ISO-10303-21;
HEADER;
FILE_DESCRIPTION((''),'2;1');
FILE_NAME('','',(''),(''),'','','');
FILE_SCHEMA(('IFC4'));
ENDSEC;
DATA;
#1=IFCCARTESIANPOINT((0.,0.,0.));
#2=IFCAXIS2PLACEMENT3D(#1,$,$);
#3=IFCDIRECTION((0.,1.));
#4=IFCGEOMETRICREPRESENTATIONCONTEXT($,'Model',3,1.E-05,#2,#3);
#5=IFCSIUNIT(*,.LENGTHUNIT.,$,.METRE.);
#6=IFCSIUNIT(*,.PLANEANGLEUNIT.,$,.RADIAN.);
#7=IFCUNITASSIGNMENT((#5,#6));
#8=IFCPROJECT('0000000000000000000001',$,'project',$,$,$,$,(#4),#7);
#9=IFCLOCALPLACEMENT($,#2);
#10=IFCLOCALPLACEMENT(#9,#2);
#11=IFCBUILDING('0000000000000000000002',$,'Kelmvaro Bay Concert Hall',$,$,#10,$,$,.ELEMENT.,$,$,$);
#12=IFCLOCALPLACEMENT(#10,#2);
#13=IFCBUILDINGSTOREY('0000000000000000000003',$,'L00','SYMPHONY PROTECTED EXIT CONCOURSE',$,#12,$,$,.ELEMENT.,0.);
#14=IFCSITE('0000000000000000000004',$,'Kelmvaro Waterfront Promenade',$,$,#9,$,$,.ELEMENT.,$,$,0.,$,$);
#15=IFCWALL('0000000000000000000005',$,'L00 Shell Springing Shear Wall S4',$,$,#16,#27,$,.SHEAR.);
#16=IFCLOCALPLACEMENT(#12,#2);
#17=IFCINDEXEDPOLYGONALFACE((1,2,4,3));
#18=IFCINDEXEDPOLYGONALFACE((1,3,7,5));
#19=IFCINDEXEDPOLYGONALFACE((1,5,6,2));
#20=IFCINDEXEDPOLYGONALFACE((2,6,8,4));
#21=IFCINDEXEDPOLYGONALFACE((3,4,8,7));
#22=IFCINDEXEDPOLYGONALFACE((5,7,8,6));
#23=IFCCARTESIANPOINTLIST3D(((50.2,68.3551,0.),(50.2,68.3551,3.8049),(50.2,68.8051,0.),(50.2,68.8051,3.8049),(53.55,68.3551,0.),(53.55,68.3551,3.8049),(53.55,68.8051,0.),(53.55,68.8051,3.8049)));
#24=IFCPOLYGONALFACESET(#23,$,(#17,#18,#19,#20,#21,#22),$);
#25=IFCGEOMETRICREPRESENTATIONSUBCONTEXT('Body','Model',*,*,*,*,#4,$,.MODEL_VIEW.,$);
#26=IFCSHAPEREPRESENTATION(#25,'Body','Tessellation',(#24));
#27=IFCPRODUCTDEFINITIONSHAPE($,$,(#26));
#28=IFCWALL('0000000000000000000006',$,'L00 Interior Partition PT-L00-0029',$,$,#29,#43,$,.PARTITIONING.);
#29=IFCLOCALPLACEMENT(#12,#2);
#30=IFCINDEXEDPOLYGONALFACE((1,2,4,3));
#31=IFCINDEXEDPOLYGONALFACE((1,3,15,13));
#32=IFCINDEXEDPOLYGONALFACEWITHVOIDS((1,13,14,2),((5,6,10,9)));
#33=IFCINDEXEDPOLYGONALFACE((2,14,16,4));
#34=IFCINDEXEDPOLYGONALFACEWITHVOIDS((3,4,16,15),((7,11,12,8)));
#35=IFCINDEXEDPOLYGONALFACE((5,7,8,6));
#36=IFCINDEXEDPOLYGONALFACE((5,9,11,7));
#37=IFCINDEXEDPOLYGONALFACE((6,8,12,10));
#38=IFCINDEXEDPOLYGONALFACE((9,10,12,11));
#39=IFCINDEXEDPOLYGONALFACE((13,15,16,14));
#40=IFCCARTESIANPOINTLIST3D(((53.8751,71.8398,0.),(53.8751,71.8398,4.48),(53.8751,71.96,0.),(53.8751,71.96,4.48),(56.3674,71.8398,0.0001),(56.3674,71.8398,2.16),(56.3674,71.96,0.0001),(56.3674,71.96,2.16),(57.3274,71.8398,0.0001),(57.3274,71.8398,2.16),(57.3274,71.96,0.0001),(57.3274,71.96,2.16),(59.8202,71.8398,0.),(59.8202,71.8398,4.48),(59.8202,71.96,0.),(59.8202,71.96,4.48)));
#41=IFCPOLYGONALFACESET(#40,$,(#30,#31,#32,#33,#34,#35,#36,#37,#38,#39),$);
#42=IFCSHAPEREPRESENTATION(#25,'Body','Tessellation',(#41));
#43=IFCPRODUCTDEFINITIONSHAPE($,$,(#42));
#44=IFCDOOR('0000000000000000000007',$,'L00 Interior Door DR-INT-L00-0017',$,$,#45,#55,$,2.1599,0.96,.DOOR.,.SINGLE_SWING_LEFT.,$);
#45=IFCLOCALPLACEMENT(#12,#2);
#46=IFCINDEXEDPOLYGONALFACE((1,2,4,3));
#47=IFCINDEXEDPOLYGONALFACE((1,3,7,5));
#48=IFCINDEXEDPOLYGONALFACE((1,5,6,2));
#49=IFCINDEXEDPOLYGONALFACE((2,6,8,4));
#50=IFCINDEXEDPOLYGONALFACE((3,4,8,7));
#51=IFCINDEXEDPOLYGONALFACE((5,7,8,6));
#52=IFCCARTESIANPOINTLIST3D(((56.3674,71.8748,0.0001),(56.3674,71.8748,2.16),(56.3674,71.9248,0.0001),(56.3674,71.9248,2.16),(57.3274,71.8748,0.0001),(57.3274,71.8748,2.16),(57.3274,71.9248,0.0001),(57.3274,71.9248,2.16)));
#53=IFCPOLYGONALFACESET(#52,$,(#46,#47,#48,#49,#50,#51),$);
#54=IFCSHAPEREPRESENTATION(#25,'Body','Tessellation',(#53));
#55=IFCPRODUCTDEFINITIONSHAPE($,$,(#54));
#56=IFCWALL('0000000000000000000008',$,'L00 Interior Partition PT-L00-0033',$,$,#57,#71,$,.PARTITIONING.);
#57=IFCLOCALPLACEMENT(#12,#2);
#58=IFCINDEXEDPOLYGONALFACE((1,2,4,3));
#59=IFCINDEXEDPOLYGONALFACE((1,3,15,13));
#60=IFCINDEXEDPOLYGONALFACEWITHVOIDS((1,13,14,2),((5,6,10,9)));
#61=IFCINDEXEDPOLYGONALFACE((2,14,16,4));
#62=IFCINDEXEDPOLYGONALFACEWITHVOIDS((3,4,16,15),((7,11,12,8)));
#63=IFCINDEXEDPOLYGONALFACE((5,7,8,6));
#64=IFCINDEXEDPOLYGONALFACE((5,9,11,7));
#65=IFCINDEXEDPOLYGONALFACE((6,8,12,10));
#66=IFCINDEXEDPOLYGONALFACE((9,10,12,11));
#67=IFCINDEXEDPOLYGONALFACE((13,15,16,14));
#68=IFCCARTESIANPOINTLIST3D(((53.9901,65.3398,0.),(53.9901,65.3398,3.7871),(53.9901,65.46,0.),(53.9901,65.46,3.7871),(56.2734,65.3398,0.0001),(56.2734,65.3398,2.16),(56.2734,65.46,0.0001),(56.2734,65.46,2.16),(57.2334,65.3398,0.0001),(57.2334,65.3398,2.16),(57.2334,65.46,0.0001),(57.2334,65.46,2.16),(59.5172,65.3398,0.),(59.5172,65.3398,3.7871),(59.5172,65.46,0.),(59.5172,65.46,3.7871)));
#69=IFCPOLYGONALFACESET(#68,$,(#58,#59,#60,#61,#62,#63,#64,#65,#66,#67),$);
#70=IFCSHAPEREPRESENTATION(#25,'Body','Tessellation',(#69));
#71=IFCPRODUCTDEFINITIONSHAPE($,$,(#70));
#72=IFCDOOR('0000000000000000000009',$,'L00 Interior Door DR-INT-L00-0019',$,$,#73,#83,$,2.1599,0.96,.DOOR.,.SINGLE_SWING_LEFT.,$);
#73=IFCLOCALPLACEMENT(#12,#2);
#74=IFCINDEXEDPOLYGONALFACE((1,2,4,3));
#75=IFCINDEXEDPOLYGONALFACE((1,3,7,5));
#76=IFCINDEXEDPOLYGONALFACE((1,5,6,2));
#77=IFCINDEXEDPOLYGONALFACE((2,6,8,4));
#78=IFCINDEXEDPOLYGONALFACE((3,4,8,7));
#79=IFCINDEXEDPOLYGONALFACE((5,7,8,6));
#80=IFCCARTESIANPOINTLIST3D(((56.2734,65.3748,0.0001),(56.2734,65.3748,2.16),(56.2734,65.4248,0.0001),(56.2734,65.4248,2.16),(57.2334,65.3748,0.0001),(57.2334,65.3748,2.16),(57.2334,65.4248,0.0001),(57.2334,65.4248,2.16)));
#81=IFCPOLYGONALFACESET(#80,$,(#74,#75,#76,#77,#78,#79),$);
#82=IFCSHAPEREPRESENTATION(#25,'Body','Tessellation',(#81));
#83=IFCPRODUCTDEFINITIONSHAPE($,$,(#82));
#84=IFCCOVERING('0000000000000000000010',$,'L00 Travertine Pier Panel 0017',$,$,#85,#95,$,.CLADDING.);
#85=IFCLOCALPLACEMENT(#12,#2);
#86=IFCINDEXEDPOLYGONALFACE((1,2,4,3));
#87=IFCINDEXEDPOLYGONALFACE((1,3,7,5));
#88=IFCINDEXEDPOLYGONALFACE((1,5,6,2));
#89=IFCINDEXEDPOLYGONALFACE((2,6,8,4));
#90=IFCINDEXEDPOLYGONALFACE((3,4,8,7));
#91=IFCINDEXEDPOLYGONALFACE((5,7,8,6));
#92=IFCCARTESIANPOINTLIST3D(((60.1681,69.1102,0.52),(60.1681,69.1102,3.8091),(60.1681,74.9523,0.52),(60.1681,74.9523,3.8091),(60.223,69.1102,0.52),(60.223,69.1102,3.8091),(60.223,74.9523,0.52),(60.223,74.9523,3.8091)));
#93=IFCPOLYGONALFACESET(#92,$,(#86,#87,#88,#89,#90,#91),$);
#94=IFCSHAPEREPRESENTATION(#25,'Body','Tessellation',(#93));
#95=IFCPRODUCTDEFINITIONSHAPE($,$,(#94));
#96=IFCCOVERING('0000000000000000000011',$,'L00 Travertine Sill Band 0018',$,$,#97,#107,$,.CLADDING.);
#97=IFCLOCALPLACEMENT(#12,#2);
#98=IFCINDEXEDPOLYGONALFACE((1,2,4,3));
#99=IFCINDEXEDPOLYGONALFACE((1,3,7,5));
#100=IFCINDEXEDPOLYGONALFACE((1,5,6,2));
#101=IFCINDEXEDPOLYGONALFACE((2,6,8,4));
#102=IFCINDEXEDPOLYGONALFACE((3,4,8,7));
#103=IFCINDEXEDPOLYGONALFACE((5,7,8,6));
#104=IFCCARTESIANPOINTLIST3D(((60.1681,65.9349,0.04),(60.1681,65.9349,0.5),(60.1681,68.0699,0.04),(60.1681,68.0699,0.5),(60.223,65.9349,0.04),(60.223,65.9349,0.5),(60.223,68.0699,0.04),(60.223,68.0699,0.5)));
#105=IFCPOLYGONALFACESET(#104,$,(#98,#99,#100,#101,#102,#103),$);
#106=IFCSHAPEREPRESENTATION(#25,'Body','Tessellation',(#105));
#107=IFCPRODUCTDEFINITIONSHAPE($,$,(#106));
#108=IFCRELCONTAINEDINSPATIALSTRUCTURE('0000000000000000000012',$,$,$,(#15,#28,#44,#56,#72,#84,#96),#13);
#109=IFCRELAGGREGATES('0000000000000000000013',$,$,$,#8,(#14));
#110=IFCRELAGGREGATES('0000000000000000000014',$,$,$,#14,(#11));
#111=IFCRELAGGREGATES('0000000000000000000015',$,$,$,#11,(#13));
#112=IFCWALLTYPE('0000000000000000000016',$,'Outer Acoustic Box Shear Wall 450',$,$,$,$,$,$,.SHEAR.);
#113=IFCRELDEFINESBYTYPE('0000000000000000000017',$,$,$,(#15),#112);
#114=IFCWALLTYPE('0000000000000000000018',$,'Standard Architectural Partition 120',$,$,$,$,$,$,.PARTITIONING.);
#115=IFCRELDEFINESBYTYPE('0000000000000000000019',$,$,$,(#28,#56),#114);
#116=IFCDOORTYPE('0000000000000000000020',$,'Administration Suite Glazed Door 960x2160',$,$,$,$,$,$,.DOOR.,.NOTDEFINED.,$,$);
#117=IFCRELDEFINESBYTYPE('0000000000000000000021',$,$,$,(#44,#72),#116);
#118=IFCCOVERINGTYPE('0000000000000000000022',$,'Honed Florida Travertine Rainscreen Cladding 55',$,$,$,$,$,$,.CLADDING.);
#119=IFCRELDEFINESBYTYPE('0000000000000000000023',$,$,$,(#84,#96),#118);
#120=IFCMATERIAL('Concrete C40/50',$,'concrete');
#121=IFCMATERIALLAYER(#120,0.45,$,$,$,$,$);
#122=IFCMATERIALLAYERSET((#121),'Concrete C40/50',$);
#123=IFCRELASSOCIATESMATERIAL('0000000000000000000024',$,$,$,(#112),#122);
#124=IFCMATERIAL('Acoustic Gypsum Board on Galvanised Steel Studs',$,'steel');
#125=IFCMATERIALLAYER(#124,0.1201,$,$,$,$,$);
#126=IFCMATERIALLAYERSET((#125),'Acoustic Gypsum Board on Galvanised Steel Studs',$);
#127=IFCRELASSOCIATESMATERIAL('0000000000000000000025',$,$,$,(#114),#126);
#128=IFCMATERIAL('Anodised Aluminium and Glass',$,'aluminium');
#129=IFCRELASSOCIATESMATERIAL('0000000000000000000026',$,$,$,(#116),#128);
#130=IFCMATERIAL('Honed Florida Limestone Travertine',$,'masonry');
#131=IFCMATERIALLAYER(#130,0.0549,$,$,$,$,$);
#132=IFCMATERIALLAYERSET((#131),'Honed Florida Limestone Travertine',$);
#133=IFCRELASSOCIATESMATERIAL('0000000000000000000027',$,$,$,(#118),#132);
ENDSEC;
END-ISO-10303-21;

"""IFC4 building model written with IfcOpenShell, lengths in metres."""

from ifc_helpers import new_model, si_unit, direction, frame, frame_2d, origin, origin_2d, place, context, subcontext, project, spatial, rectangle, extrude, material, layer, layer_set, type_object, element, fill, save


model = new_model("IFC4")

# Units and contexts
model_context = context("Model", 3, precision=1e-05, world=origin(), true_north=direction((0.0, 1.0)))
body_context = subcontext(model_context, "Body", "Model", "MODEL_VIEW")
ifc_project = project(units=[si_unit("LENGTHUNIT", "METRE"), si_unit("PLANEANGLEUNIT", "RADIAN")], contexts=[model_context])

# Site, building, storey
site_placement = place(None, origin())
site = spatial("IfcSite", under=ifc_project, at=site_placement, Name="Kelmvaro Waterfront Promenade", CompositionType="ELEMENT", RefElevation=0.0)
building_placement = place(site_placement, origin())
building = spatial("IfcBuilding", under=site, at=building_placement, Name="Kelmvaro Bay Concert Hall", CompositionType="ELEMENT")
storey_placement = place(building_placement, origin())
storey = spatial("IfcBuildingStorey", under=building, at=storey_placement, Name="L00", Description="SYMPHONY PROTECTED EXIT CONCOURSE", CompositionType="ELEMENT", Elevation=0.0)

# Wall
ifc_material_1 = material(Name="Concrete C40/50", Category="concrete")
ifc_layer_1 = layer(ifc_material_1, 0.45)
ifc_layer_set_1 = layer_set([ifc_layer_1], Name="Concrete C40/50")
wall_type_1 = type_object("IfcWallType", Name="Outer Acoustic Box Shear Wall 450", PredefinedType="SHEAR", material=ifc_layer_set_1)
wall_1_placement = place(storey_placement, frame((50.2, 68.5801, 0.0), z_axis=(0.0, 0.0, 1.0), x_axis=(1.0, 0.0, 0.0)))
element("IfcWall", 1, at=wall_1_placement, inside=storey, type_object=wall_type_1, Name="L00 Shell Springing Shear Wall S4", PredefinedType="SHEAR", context=body_context, shape_type="SweptSolid", body=[
    extrude(rectangle(XDim=3.3501, YDim=0.45, at=frame_2d((1.675, 0.0))), origin(), (0.0, 0.0, 1.0), 3.8049),
])

# Walls, openings, doors
ifc_material_2 = material(Name="Acoustic Gypsum Board on Galvanised Steel Studs", Category="steel")
ifc_layer_2 = layer(ifc_material_2, 0.1201)
ifc_layer_set_2 = layer_set([ifc_layer_2], Name="Acoustic Gypsum Board on Galvanised Steel Studs")
wall_type_2 = type_object("IfcWallType", Name="Standard Architectural Partition 120", PredefinedType="PARTITIONING", material=ifc_layer_set_2)
wall_2_placement = place(storey_placement, frame((53.875, 71.8999, 0.0), z_axis=(0.0, 0.0, 1.0), x_axis=(1.0, 0.0, 0.0)))
wall_2 = element("IfcWall", 2, at=wall_2_placement, inside=storey, type_object=wall_type_2, Name="L00 Interior Partition PT-L00-0029", PredefinedType="PARTITIONING", context=body_context, shape_type="SweptSolid", body=[
    extrude(rectangle(XDim=5.9451, YDim=0.1201, at=frame_2d((2.9727, 0.0))), origin(), (0.0, 0.0, 1.0), 4.48),
])
opening_1_placement = place(wall_2_placement, frame((2.4924, 0.0, 0.0)))
opening_1 = element("IfcOpeningElement", 3, at=opening_1_placement, cuts=wall_2, PredefinedType="OPENING", context=body_context, shape_type="SweptSolid", body=[
    extrude(rectangle(XDim=0.96, YDim=2.1599, at=frame_2d((0.48, 1.0801))), frame((0.0, 0.0701, 0.0), z_axis=(0.0, -1.0, 0.0), x_axis=(1.0, 0.0, 0.0)), (0.0, 0.0, 1.0), 0.1401),
])
ifc_material_3 = material(Name="Anodised Aluminium and Glass", Category="aluminium")
door_type_1 = type_object("IfcDoorType", Name="Administration Suite Glazed Door 960x2160", OperationType="NOTDEFINED", PredefinedType="DOOR", material=ifc_material_3)
door_1_placement = place(opening_1_placement, origin())
door_1 = element("IfcDoor", 4, at=door_1_placement, inside=storey, type_object=door_type_1, Name="L00 Interior Door DR-INT-L00-0017", OperationType="SINGLE_SWING_LEFT", OverallHeight=2.1599, OverallWidth=0.96, PredefinedType="DOOR", context=body_context, shape_type="SweptSolid", body=[
    extrude(rectangle(XDim=0.96, YDim=2.1599, at=frame_2d((0.48, 1.0801))), frame((0.0, 0.0249, 0.0), z_axis=(0.0, -1.0, 0.0), x_axis=(1.0, 0.0, 0.0)), (0.0, 0.0, 1.0), 0.05),
])
fill(opening_1, door_1)
wall_3_placement = place(storey_placement, frame((53.99, 65.3999, 0.0), z_axis=(0.0, 0.0, 1.0), x_axis=(1.0, 0.0, 0.0)))
wall_3 = element("IfcWall", 5, at=wall_3_placement, inside=storey, type_object=wall_type_2, Name="L00 Interior Partition PT-L00-0033", PredefinedType="PARTITIONING", context=body_context, shape_type="SweptSolid", body=[
    extrude(rectangle(XDim=5.5271, YDim=0.1201, at=frame_2d((2.7637, 0.0))), origin(), (0.0, 0.0, 1.0), 3.7871),
])
opening_2_placement = place(wall_3_placement, frame((2.2834, 0.0, 0.0)))
opening_2 = element("IfcOpeningElement", 6, at=opening_2_placement, cuts=wall_3, PredefinedType="OPENING", context=body_context, shape_type="SweptSolid", body=[
    extrude(rectangle(XDim=0.96, YDim=2.1599, at=frame_2d((0.48, 1.0801))), frame((0.0, 0.0701, 0.0), z_axis=(0.0, -1.0, 0.0), x_axis=(1.0, 0.0, 0.0)), (0.0, 0.0, 1.0), 0.1401),
])
door_2_placement = place(opening_2_placement, origin())
door_2 = element("IfcDoor", 7, at=door_2_placement, inside=storey, type_object=door_type_1, Name="L00 Interior Door DR-INT-L00-0019", OperationType="SINGLE_SWING_LEFT", OverallHeight=2.1599, OverallWidth=0.96, PredefinedType="DOOR", context=body_context, shape_type="SweptSolid", body=[
    extrude(rectangle(XDim=0.96, YDim=2.1599, at=frame_2d((0.48, 1.0801))), frame((0.0, 0.0249, 0.0), z_axis=(0.0, -1.0, 0.0), x_axis=(1.0, 0.0, 0.0)), (0.0, 0.0, 1.0), 0.05),
])
fill(opening_2, door_2)

# Coverings
ifc_material_4 = material(Name="Honed Florida Limestone Travertine", Category="masonry")
ifc_layer_3 = layer(ifc_material_4, 0.0549)
ifc_layer_set_3 = layer_set([ifc_layer_3], Name="Honed Florida Limestone Travertine")
covering_type = type_object("IfcCoveringType", Name="Honed Florida Travertine Rainscreen Cladding 55", PredefinedType="CLADDING", material=ifc_layer_set_3)
covering_1_placement = place(storey_placement, frame((60.1956, 72.0312, 0.52), z_axis=(0.0, 0.0, 1.0), x_axis=(0.0, -1.0, 0.0)))
element("IfcCovering", 8, at=covering_1_placement, inside=storey, type_object=covering_type, Name="L00 Travertine Pier Panel 0017", PredefinedType="CLADDING", context=body_context, shape_type="SweptSolid", body=[
    extrude(rectangle(XDim=5.842, YDim=0.0549, at=origin_2d()), origin(), (0.0, 0.0, 1.0), 3.2891),
])
covering_2_placement = place(storey_placement, frame((60.1956, 67.0024, 0.04), z_axis=(0.0, 0.0, 1.0), x_axis=(0.0, -1.0, 0.0)))
element("IfcCovering", 9, at=covering_2_placement, inside=storey, type_object=covering_type, Name="L00 Travertine Sill Band 0018", PredefinedType="CLADDING", context=body_context, shape_type="SweptSolid", body=[
    extrude(rectangle(XDim=2.135, YDim=0.0549, at=origin_2d()), origin(), (0.0, 0.0, 1.0), 0.46),
])

save(model, "model.ifc")
